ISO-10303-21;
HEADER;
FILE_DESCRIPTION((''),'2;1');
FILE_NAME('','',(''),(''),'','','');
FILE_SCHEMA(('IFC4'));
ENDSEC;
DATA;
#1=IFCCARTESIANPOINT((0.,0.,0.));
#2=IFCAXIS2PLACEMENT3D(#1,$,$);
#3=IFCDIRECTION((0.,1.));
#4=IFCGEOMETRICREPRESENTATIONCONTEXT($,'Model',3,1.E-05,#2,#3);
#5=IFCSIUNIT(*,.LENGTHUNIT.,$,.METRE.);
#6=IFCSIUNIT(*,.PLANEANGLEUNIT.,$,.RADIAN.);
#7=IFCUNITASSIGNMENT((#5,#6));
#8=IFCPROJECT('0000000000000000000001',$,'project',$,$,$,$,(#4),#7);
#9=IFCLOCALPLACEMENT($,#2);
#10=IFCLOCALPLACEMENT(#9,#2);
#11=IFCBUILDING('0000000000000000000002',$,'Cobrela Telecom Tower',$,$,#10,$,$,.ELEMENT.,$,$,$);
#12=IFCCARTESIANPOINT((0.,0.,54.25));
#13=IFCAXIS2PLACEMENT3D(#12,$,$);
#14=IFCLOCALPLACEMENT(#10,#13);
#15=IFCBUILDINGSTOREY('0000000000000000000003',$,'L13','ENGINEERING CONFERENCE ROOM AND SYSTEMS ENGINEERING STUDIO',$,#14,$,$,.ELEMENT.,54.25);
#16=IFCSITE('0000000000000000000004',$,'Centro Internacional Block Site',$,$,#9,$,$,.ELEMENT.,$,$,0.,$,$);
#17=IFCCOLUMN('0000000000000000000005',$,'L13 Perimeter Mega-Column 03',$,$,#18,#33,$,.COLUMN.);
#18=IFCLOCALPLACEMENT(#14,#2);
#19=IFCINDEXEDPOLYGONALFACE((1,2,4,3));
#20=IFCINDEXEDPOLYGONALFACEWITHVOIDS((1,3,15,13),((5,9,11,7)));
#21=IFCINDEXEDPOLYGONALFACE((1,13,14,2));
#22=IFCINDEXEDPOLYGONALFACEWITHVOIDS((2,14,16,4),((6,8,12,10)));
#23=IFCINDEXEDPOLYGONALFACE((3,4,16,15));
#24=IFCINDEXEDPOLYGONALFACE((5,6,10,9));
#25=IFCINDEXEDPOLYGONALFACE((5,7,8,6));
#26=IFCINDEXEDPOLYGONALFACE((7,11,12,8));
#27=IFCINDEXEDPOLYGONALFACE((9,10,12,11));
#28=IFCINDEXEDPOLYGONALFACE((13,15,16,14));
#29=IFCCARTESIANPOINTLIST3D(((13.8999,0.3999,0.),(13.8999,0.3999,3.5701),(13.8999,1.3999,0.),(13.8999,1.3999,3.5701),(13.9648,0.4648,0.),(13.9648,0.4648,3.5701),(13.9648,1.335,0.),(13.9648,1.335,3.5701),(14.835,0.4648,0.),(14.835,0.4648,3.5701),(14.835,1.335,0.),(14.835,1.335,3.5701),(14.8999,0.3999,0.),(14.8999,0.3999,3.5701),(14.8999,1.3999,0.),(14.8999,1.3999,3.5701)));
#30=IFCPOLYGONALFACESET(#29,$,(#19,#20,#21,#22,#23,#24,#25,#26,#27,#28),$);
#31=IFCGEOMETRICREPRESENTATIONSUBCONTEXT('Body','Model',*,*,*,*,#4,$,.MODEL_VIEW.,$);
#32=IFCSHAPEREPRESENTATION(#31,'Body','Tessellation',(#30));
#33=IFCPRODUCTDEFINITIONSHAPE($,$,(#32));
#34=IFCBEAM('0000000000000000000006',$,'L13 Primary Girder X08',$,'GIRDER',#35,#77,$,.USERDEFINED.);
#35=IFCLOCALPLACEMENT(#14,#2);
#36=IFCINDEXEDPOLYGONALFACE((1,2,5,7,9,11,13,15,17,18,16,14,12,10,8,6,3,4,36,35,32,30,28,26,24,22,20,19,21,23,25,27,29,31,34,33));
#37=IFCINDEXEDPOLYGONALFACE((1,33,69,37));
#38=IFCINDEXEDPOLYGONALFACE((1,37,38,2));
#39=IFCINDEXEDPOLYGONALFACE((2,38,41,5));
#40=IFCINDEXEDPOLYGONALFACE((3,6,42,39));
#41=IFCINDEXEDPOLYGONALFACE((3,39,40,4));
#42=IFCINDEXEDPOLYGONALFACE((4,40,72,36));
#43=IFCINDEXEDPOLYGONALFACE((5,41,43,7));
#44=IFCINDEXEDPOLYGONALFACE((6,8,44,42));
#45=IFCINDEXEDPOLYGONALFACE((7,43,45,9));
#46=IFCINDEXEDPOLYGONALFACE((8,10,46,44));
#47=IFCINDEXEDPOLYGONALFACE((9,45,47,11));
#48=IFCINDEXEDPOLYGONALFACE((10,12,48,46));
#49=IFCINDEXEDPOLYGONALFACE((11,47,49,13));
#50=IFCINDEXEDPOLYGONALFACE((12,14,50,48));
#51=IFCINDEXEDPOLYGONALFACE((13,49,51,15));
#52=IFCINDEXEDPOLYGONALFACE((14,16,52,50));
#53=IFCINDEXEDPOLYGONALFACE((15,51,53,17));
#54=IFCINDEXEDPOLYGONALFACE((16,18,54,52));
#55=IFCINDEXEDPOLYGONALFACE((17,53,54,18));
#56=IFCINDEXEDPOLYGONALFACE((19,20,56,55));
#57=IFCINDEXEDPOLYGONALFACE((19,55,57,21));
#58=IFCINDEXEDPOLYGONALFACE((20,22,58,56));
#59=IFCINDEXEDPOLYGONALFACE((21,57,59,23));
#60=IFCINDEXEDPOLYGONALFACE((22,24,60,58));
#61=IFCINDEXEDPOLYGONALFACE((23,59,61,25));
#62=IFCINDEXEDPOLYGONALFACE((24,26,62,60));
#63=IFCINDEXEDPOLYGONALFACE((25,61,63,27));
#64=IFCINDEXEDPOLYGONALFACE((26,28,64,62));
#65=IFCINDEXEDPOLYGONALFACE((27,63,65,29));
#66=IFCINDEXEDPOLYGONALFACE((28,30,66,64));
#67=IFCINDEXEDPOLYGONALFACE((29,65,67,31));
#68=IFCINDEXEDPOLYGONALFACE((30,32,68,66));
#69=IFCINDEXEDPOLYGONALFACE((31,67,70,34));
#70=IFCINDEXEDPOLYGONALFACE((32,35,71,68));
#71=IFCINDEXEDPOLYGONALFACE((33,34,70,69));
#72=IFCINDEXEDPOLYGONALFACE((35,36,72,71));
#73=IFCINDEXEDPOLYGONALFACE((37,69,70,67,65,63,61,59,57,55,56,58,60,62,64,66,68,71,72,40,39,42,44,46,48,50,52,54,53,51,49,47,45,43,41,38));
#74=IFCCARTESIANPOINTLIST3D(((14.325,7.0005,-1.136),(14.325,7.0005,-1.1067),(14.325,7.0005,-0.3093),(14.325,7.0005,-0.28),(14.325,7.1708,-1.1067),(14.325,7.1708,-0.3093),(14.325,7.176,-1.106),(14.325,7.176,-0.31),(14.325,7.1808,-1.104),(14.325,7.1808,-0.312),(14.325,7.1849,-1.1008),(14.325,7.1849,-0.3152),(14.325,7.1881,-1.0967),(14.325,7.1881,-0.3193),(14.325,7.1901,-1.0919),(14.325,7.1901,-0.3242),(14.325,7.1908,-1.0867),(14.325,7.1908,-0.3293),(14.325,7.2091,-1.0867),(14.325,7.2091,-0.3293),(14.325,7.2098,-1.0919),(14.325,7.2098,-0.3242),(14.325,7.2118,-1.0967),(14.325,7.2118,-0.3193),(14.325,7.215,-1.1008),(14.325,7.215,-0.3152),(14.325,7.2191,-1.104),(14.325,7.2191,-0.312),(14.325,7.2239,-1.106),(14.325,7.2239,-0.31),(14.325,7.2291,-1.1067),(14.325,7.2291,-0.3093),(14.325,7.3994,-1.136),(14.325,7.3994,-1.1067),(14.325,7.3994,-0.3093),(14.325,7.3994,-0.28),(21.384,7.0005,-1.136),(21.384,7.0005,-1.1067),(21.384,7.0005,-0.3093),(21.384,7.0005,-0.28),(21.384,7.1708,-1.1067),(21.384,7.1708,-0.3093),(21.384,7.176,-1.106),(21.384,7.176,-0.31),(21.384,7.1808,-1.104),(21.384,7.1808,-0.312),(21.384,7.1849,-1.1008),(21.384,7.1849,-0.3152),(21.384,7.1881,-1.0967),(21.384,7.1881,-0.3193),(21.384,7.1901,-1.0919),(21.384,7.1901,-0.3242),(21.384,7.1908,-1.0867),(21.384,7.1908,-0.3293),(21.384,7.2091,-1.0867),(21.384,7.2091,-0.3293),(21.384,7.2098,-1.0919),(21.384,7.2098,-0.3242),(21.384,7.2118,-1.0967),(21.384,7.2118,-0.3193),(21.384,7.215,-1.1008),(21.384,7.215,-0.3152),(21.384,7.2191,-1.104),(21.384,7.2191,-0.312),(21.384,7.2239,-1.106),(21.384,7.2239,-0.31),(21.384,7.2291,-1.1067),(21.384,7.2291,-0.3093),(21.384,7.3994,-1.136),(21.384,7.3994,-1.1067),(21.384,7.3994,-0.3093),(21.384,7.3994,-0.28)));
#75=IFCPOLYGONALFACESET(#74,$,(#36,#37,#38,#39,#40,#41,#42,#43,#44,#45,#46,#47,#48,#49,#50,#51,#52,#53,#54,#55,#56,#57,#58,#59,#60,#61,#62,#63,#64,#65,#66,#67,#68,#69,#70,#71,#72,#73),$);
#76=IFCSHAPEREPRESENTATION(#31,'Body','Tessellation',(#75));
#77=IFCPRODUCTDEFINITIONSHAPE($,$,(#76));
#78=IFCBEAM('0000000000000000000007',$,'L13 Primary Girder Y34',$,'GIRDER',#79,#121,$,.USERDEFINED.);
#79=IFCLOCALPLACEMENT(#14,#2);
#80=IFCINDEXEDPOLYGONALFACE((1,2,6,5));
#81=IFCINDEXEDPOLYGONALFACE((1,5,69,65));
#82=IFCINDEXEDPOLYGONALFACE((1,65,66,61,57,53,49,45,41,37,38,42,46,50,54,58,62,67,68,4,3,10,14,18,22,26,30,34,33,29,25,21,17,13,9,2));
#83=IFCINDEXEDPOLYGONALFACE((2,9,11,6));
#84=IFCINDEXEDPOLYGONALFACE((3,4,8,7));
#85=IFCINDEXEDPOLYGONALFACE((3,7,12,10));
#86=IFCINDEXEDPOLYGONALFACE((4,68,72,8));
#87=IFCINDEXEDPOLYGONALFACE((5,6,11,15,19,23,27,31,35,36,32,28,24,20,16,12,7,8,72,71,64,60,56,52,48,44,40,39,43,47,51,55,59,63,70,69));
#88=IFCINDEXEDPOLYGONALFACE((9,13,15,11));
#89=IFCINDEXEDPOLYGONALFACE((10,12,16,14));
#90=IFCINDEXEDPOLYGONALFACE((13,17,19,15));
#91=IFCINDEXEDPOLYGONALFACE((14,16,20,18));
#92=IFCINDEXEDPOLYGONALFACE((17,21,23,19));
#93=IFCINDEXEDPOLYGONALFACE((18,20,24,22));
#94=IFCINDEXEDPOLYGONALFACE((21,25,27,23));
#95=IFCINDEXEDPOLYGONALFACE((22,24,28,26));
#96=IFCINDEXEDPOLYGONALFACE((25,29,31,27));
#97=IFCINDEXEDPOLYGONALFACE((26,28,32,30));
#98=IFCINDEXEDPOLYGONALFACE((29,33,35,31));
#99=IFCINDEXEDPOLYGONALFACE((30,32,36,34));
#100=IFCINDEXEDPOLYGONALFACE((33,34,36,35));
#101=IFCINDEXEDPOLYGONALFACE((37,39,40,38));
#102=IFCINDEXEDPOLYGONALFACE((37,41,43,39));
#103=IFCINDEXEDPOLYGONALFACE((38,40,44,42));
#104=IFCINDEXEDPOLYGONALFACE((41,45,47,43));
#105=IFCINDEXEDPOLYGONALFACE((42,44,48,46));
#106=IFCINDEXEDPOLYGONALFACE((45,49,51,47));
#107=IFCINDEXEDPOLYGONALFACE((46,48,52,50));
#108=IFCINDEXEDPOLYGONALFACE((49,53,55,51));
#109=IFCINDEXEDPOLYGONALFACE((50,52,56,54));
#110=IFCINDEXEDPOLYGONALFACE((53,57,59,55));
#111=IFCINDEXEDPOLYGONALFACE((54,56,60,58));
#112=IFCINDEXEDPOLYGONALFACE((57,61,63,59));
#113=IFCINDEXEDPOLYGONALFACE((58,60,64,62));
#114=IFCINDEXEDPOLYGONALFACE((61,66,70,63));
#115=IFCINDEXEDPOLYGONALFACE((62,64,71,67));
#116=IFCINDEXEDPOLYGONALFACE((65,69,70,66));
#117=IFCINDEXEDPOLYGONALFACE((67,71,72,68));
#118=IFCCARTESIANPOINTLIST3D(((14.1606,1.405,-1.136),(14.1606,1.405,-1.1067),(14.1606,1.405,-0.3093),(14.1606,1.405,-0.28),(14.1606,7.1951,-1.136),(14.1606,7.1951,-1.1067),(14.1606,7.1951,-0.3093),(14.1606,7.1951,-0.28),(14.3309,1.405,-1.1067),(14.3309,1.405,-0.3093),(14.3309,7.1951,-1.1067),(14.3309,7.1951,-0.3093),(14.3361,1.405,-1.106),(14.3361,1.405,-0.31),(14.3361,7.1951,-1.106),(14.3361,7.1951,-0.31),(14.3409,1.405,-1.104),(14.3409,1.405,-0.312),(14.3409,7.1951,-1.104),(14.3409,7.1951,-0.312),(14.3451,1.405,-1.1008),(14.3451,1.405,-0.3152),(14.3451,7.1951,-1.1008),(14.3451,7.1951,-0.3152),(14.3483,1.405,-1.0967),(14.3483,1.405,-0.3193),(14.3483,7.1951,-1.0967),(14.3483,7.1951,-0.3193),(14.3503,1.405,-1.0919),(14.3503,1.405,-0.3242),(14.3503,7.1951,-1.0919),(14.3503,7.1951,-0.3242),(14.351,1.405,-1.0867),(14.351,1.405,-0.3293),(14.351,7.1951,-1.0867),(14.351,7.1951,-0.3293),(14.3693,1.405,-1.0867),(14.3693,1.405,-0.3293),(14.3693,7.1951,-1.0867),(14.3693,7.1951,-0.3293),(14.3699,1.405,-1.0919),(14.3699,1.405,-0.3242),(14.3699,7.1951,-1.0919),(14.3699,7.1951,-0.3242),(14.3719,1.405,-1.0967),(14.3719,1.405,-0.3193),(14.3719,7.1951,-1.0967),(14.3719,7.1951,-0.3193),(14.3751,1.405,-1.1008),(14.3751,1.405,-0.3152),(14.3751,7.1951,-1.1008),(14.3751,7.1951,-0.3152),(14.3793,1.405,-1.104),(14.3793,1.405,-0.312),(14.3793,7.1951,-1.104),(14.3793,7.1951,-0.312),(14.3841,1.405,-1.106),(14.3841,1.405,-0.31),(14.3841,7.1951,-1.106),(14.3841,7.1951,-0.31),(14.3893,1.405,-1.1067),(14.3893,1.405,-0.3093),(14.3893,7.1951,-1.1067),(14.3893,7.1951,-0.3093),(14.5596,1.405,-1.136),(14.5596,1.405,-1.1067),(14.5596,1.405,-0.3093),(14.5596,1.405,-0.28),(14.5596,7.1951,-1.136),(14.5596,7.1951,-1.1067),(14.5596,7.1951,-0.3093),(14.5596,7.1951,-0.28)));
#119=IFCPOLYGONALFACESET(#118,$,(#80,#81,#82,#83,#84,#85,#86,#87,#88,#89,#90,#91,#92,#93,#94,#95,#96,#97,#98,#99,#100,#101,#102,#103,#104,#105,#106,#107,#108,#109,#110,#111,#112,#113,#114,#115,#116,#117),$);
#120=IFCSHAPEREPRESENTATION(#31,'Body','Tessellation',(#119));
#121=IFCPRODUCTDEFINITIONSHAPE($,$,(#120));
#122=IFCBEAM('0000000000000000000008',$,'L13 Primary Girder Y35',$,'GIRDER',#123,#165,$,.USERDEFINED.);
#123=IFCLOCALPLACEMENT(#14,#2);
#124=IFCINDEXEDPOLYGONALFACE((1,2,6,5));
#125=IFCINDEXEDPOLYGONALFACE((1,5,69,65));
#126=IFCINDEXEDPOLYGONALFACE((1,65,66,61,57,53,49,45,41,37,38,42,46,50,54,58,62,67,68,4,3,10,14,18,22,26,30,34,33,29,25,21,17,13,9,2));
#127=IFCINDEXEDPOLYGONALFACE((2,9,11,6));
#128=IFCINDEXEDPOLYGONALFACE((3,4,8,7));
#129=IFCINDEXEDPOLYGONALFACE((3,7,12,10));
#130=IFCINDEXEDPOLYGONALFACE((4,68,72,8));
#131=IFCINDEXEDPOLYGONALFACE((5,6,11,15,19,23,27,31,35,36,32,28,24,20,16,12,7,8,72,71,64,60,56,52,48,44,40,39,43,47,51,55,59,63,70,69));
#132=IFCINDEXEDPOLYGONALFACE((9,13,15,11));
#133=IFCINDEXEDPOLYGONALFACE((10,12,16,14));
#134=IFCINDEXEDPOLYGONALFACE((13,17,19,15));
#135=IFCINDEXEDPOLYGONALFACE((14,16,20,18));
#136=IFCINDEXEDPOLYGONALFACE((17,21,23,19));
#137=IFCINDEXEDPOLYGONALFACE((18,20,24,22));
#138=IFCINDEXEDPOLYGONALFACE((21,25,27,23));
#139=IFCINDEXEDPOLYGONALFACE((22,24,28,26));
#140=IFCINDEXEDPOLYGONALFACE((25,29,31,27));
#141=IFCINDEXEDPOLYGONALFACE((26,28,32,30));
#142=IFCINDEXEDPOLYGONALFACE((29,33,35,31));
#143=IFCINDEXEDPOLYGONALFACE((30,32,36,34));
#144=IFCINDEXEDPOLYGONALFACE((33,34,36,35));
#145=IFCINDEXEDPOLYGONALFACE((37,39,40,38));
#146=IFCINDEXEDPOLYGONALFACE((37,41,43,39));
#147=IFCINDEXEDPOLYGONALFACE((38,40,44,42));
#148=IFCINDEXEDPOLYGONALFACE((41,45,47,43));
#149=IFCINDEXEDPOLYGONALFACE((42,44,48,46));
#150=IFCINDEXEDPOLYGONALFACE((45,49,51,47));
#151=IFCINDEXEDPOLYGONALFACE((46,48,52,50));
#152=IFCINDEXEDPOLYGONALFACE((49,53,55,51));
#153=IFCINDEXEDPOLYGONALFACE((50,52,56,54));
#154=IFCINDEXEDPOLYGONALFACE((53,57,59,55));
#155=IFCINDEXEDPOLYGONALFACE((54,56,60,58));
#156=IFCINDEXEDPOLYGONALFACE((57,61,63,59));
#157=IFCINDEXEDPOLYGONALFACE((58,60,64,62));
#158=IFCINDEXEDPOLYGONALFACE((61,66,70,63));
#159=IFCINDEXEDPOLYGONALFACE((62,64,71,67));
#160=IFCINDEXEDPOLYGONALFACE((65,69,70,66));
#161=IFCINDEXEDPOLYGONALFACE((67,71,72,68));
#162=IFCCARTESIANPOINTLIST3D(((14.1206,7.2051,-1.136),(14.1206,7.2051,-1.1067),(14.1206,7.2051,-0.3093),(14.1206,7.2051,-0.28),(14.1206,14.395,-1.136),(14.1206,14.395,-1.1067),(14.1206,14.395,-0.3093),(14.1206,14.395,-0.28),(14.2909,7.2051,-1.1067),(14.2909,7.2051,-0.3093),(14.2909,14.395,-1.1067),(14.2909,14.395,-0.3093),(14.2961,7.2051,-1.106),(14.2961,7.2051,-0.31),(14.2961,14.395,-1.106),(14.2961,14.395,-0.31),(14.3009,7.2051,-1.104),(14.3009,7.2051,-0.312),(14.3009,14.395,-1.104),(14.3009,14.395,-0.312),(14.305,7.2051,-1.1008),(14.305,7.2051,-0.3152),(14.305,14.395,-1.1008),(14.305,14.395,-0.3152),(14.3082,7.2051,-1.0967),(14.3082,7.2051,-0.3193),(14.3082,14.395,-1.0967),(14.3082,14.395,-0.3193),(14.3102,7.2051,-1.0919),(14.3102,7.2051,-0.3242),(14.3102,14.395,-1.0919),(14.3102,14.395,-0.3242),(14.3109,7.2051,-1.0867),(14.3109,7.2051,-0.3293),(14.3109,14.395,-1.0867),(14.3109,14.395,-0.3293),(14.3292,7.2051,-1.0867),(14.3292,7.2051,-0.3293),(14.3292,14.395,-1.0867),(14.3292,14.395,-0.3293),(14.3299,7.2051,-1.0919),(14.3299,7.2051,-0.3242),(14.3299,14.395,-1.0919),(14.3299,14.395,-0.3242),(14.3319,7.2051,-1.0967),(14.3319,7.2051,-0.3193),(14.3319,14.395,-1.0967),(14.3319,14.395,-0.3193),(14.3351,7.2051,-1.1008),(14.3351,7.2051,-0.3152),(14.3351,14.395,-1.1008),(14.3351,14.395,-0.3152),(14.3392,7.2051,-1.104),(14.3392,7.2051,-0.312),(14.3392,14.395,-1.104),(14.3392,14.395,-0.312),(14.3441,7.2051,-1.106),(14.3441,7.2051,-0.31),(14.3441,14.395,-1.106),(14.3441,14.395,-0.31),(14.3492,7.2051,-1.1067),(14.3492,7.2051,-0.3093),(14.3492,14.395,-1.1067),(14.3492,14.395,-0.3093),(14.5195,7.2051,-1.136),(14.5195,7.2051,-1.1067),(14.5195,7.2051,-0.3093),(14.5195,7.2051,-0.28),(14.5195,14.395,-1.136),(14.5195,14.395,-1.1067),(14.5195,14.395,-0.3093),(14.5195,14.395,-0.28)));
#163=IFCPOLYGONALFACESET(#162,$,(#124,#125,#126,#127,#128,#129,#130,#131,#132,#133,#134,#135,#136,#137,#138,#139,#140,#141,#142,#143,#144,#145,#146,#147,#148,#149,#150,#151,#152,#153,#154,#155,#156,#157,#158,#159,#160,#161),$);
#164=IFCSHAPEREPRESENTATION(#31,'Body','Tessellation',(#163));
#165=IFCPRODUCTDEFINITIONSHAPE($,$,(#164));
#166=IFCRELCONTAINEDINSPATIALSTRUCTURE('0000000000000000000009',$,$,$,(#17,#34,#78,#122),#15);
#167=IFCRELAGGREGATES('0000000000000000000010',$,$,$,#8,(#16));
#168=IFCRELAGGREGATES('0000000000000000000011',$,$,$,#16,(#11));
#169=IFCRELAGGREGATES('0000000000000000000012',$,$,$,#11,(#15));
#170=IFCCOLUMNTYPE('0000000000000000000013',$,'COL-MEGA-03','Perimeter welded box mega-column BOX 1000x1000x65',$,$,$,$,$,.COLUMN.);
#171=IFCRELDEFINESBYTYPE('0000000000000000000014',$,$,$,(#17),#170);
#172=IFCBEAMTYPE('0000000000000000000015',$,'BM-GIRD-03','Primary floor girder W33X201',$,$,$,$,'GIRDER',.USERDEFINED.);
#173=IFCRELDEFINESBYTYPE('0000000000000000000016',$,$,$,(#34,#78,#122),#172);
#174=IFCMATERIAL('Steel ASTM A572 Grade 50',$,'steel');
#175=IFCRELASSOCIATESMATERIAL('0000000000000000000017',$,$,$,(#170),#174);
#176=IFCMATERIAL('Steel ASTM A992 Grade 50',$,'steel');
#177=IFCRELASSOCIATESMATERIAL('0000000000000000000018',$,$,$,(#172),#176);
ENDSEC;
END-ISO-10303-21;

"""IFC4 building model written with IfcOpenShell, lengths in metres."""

from ifc_helpers import new_model, si_unit, direction, frame, origin, origin_2d, place, context, subcontext, project, spatial, hollow_rectangle, i_section, extrude, material, material_profile, profile_set, type_object, element, save


model = new_model("IFC4")

# Units and contexts
model_context = context("Model", 3, precision=1e-05, world=origin(), true_north=direction((0.0, 1.0)))
body_context = subcontext(model_context, "Body", "Model", "MODEL_VIEW")
ifc_project = project(units=[si_unit("LENGTHUNIT", "METRE"), si_unit("PLANEANGLEUNIT", "RADIAN")], contexts=[model_context])

# Site, building, storey
site_placement = place(None, origin())
site = spatial("IfcSite", under=ifc_project, at=site_placement, Name="Centro Internacional Block Site", CompositionType="ELEMENT", RefElevation=0.0)
building_placement = place(site_placement, origin())
building = spatial("IfcBuilding", under=site, at=building_placement, Name="Cobrela Telecom Tower", CompositionType="ELEMENT")
storey_placement = place(building_placement, frame((0.0, 0.0, 54.25)))
storey = spatial("IfcBuildingStorey", under=building, at=storey_placement, Name="L13", Description="ENGINEERING CONFERENCE ROOM AND SYSTEMS ENGINEERING STUDIO", CompositionType="ELEMENT", Elevation=54.25)

# Column
ifc_material_1 = material(Name="Steel ASTM A572 Grade 50", Category="steel")
ifc_material_profile_1 = material_profile(ifc_material_1, hollow_rectangle(XDim=1.0, YDim=1.0, WallThickness=0.0649, at=origin_2d()), Name="BOX 1000x1000x65")
ifc_profile_set_1 = profile_set([ifc_material_profile_1], Name="Steel ASTM A572 Grade 50")
column_type = type_object("IfcColumnType", Name="COL-MEGA-03", Description="Perimeter welded box mega-column BOX 1000x1000x65", PredefinedType="COLUMN", material=ifc_profile_set_1)
column_placement = place(storey_placement, frame((14.3999, 0.8999, 0.0), z_axis=(0.0, 0.0, 1.0), x_axis=(1.0, 0.0, 0.0)))
element("IfcColumn", 1, at=column_placement, inside=storey, type_object=column_type, Name="L13 Perimeter Mega-Column 03", PredefinedType="COLUMN", context=body_context, shape_type="SweptSolid", body=[
    extrude(hollow_rectangle(XDim=1.0, YDim=1.0, WallThickness=0.0649, at=origin_2d()), origin(), (0.0, 0.0, 1.0), 3.5701),
])

# Beams
ifc_material_2 = material(Name="Steel ASTM A992 Grade 50", Category="steel")
ifc_material_profile_2 = material_profile(ifc_material_2, i_section(OverallWidth=0.3989, OverallDepth=0.856, WebThickness=0.0183, FlangeThickness=0.0293, FilletRadius=0.02, at=origin_2d()), Name="W33X201")
ifc_profile_set_2 = profile_set([ifc_material_profile_2], Name="Steel ASTM A992 Grade 50")
beam_type_1 = type_object("IfcBeamType", Name="BM-GIRD-03", Description="Primary floor girder W33X201", ElementType="GIRDER", PredefinedType="USERDEFINED", material=ifc_profile_set_2)
beam_1_placement = place(storey_placement, frame((14.325, 7.2, -0.708), z_axis=(1.0, 0.0, 0.0), x_axis=(0.0, 1.0, 0.0)))
element("IfcBeam", 2, at=beam_1_placement, inside=storey, type_object=beam_type_1, Name="L13 Primary Girder X08", ObjectType="GIRDER", PredefinedType="USERDEFINED", context=body_context, shape_type="SweptSolid", body=[
    extrude(i_section(OverallWidth=0.3989, OverallDepth=0.856, WebThickness=0.0183, FlangeThickness=0.0293, FilletRadius=0.02, at=origin_2d()), origin(), (0.0, 0.0, 1.0), 7.0591),
])
beam_2_placement = place(storey_placement, frame((14.3601, 1.405, -0.708), z_axis=(0.0, 1.0, 0.0), x_axis=(-1.0, 0.0, 0.0)))
element("IfcBeam", 3, at=beam_2_placement, inside=storey, type_object=beam_type_1, Name="L13 Primary Girder Y34", ObjectType="GIRDER", PredefinedType="USERDEFINED", context=body_context, shape_type="SweptSolid", body=[
    extrude(i_section(OverallWidth=0.3989, OverallDepth=0.856, WebThickness=0.0183, FlangeThickness=0.0293, FilletRadius=0.02, at=origin_2d()), origin(), (0.0, 0.0, 1.0), 5.79),
])
beam_3_placement = place(storey_placement, frame((14.3201, 7.2051, -0.708), z_axis=(0.0, 1.0, 0.0), x_axis=(-1.0, 0.0, 0.0)))
element("IfcBeam", 4, at=beam_3_placement, inside=storey, type_object=beam_type_1, Name="L13 Primary Girder Y35", ObjectType="GIRDER", PredefinedType="USERDEFINED", context=body_context, shape_type="SweptSolid", body=[
    extrude(i_section(OverallWidth=0.3989, OverallDepth=0.856, WebThickness=0.0183, FlangeThickness=0.0293, FilletRadius=0.02, at=origin_2d()), origin(), (0.0, 0.0, 1.0), 7.1899),
])

save(model, "model.ifc")
